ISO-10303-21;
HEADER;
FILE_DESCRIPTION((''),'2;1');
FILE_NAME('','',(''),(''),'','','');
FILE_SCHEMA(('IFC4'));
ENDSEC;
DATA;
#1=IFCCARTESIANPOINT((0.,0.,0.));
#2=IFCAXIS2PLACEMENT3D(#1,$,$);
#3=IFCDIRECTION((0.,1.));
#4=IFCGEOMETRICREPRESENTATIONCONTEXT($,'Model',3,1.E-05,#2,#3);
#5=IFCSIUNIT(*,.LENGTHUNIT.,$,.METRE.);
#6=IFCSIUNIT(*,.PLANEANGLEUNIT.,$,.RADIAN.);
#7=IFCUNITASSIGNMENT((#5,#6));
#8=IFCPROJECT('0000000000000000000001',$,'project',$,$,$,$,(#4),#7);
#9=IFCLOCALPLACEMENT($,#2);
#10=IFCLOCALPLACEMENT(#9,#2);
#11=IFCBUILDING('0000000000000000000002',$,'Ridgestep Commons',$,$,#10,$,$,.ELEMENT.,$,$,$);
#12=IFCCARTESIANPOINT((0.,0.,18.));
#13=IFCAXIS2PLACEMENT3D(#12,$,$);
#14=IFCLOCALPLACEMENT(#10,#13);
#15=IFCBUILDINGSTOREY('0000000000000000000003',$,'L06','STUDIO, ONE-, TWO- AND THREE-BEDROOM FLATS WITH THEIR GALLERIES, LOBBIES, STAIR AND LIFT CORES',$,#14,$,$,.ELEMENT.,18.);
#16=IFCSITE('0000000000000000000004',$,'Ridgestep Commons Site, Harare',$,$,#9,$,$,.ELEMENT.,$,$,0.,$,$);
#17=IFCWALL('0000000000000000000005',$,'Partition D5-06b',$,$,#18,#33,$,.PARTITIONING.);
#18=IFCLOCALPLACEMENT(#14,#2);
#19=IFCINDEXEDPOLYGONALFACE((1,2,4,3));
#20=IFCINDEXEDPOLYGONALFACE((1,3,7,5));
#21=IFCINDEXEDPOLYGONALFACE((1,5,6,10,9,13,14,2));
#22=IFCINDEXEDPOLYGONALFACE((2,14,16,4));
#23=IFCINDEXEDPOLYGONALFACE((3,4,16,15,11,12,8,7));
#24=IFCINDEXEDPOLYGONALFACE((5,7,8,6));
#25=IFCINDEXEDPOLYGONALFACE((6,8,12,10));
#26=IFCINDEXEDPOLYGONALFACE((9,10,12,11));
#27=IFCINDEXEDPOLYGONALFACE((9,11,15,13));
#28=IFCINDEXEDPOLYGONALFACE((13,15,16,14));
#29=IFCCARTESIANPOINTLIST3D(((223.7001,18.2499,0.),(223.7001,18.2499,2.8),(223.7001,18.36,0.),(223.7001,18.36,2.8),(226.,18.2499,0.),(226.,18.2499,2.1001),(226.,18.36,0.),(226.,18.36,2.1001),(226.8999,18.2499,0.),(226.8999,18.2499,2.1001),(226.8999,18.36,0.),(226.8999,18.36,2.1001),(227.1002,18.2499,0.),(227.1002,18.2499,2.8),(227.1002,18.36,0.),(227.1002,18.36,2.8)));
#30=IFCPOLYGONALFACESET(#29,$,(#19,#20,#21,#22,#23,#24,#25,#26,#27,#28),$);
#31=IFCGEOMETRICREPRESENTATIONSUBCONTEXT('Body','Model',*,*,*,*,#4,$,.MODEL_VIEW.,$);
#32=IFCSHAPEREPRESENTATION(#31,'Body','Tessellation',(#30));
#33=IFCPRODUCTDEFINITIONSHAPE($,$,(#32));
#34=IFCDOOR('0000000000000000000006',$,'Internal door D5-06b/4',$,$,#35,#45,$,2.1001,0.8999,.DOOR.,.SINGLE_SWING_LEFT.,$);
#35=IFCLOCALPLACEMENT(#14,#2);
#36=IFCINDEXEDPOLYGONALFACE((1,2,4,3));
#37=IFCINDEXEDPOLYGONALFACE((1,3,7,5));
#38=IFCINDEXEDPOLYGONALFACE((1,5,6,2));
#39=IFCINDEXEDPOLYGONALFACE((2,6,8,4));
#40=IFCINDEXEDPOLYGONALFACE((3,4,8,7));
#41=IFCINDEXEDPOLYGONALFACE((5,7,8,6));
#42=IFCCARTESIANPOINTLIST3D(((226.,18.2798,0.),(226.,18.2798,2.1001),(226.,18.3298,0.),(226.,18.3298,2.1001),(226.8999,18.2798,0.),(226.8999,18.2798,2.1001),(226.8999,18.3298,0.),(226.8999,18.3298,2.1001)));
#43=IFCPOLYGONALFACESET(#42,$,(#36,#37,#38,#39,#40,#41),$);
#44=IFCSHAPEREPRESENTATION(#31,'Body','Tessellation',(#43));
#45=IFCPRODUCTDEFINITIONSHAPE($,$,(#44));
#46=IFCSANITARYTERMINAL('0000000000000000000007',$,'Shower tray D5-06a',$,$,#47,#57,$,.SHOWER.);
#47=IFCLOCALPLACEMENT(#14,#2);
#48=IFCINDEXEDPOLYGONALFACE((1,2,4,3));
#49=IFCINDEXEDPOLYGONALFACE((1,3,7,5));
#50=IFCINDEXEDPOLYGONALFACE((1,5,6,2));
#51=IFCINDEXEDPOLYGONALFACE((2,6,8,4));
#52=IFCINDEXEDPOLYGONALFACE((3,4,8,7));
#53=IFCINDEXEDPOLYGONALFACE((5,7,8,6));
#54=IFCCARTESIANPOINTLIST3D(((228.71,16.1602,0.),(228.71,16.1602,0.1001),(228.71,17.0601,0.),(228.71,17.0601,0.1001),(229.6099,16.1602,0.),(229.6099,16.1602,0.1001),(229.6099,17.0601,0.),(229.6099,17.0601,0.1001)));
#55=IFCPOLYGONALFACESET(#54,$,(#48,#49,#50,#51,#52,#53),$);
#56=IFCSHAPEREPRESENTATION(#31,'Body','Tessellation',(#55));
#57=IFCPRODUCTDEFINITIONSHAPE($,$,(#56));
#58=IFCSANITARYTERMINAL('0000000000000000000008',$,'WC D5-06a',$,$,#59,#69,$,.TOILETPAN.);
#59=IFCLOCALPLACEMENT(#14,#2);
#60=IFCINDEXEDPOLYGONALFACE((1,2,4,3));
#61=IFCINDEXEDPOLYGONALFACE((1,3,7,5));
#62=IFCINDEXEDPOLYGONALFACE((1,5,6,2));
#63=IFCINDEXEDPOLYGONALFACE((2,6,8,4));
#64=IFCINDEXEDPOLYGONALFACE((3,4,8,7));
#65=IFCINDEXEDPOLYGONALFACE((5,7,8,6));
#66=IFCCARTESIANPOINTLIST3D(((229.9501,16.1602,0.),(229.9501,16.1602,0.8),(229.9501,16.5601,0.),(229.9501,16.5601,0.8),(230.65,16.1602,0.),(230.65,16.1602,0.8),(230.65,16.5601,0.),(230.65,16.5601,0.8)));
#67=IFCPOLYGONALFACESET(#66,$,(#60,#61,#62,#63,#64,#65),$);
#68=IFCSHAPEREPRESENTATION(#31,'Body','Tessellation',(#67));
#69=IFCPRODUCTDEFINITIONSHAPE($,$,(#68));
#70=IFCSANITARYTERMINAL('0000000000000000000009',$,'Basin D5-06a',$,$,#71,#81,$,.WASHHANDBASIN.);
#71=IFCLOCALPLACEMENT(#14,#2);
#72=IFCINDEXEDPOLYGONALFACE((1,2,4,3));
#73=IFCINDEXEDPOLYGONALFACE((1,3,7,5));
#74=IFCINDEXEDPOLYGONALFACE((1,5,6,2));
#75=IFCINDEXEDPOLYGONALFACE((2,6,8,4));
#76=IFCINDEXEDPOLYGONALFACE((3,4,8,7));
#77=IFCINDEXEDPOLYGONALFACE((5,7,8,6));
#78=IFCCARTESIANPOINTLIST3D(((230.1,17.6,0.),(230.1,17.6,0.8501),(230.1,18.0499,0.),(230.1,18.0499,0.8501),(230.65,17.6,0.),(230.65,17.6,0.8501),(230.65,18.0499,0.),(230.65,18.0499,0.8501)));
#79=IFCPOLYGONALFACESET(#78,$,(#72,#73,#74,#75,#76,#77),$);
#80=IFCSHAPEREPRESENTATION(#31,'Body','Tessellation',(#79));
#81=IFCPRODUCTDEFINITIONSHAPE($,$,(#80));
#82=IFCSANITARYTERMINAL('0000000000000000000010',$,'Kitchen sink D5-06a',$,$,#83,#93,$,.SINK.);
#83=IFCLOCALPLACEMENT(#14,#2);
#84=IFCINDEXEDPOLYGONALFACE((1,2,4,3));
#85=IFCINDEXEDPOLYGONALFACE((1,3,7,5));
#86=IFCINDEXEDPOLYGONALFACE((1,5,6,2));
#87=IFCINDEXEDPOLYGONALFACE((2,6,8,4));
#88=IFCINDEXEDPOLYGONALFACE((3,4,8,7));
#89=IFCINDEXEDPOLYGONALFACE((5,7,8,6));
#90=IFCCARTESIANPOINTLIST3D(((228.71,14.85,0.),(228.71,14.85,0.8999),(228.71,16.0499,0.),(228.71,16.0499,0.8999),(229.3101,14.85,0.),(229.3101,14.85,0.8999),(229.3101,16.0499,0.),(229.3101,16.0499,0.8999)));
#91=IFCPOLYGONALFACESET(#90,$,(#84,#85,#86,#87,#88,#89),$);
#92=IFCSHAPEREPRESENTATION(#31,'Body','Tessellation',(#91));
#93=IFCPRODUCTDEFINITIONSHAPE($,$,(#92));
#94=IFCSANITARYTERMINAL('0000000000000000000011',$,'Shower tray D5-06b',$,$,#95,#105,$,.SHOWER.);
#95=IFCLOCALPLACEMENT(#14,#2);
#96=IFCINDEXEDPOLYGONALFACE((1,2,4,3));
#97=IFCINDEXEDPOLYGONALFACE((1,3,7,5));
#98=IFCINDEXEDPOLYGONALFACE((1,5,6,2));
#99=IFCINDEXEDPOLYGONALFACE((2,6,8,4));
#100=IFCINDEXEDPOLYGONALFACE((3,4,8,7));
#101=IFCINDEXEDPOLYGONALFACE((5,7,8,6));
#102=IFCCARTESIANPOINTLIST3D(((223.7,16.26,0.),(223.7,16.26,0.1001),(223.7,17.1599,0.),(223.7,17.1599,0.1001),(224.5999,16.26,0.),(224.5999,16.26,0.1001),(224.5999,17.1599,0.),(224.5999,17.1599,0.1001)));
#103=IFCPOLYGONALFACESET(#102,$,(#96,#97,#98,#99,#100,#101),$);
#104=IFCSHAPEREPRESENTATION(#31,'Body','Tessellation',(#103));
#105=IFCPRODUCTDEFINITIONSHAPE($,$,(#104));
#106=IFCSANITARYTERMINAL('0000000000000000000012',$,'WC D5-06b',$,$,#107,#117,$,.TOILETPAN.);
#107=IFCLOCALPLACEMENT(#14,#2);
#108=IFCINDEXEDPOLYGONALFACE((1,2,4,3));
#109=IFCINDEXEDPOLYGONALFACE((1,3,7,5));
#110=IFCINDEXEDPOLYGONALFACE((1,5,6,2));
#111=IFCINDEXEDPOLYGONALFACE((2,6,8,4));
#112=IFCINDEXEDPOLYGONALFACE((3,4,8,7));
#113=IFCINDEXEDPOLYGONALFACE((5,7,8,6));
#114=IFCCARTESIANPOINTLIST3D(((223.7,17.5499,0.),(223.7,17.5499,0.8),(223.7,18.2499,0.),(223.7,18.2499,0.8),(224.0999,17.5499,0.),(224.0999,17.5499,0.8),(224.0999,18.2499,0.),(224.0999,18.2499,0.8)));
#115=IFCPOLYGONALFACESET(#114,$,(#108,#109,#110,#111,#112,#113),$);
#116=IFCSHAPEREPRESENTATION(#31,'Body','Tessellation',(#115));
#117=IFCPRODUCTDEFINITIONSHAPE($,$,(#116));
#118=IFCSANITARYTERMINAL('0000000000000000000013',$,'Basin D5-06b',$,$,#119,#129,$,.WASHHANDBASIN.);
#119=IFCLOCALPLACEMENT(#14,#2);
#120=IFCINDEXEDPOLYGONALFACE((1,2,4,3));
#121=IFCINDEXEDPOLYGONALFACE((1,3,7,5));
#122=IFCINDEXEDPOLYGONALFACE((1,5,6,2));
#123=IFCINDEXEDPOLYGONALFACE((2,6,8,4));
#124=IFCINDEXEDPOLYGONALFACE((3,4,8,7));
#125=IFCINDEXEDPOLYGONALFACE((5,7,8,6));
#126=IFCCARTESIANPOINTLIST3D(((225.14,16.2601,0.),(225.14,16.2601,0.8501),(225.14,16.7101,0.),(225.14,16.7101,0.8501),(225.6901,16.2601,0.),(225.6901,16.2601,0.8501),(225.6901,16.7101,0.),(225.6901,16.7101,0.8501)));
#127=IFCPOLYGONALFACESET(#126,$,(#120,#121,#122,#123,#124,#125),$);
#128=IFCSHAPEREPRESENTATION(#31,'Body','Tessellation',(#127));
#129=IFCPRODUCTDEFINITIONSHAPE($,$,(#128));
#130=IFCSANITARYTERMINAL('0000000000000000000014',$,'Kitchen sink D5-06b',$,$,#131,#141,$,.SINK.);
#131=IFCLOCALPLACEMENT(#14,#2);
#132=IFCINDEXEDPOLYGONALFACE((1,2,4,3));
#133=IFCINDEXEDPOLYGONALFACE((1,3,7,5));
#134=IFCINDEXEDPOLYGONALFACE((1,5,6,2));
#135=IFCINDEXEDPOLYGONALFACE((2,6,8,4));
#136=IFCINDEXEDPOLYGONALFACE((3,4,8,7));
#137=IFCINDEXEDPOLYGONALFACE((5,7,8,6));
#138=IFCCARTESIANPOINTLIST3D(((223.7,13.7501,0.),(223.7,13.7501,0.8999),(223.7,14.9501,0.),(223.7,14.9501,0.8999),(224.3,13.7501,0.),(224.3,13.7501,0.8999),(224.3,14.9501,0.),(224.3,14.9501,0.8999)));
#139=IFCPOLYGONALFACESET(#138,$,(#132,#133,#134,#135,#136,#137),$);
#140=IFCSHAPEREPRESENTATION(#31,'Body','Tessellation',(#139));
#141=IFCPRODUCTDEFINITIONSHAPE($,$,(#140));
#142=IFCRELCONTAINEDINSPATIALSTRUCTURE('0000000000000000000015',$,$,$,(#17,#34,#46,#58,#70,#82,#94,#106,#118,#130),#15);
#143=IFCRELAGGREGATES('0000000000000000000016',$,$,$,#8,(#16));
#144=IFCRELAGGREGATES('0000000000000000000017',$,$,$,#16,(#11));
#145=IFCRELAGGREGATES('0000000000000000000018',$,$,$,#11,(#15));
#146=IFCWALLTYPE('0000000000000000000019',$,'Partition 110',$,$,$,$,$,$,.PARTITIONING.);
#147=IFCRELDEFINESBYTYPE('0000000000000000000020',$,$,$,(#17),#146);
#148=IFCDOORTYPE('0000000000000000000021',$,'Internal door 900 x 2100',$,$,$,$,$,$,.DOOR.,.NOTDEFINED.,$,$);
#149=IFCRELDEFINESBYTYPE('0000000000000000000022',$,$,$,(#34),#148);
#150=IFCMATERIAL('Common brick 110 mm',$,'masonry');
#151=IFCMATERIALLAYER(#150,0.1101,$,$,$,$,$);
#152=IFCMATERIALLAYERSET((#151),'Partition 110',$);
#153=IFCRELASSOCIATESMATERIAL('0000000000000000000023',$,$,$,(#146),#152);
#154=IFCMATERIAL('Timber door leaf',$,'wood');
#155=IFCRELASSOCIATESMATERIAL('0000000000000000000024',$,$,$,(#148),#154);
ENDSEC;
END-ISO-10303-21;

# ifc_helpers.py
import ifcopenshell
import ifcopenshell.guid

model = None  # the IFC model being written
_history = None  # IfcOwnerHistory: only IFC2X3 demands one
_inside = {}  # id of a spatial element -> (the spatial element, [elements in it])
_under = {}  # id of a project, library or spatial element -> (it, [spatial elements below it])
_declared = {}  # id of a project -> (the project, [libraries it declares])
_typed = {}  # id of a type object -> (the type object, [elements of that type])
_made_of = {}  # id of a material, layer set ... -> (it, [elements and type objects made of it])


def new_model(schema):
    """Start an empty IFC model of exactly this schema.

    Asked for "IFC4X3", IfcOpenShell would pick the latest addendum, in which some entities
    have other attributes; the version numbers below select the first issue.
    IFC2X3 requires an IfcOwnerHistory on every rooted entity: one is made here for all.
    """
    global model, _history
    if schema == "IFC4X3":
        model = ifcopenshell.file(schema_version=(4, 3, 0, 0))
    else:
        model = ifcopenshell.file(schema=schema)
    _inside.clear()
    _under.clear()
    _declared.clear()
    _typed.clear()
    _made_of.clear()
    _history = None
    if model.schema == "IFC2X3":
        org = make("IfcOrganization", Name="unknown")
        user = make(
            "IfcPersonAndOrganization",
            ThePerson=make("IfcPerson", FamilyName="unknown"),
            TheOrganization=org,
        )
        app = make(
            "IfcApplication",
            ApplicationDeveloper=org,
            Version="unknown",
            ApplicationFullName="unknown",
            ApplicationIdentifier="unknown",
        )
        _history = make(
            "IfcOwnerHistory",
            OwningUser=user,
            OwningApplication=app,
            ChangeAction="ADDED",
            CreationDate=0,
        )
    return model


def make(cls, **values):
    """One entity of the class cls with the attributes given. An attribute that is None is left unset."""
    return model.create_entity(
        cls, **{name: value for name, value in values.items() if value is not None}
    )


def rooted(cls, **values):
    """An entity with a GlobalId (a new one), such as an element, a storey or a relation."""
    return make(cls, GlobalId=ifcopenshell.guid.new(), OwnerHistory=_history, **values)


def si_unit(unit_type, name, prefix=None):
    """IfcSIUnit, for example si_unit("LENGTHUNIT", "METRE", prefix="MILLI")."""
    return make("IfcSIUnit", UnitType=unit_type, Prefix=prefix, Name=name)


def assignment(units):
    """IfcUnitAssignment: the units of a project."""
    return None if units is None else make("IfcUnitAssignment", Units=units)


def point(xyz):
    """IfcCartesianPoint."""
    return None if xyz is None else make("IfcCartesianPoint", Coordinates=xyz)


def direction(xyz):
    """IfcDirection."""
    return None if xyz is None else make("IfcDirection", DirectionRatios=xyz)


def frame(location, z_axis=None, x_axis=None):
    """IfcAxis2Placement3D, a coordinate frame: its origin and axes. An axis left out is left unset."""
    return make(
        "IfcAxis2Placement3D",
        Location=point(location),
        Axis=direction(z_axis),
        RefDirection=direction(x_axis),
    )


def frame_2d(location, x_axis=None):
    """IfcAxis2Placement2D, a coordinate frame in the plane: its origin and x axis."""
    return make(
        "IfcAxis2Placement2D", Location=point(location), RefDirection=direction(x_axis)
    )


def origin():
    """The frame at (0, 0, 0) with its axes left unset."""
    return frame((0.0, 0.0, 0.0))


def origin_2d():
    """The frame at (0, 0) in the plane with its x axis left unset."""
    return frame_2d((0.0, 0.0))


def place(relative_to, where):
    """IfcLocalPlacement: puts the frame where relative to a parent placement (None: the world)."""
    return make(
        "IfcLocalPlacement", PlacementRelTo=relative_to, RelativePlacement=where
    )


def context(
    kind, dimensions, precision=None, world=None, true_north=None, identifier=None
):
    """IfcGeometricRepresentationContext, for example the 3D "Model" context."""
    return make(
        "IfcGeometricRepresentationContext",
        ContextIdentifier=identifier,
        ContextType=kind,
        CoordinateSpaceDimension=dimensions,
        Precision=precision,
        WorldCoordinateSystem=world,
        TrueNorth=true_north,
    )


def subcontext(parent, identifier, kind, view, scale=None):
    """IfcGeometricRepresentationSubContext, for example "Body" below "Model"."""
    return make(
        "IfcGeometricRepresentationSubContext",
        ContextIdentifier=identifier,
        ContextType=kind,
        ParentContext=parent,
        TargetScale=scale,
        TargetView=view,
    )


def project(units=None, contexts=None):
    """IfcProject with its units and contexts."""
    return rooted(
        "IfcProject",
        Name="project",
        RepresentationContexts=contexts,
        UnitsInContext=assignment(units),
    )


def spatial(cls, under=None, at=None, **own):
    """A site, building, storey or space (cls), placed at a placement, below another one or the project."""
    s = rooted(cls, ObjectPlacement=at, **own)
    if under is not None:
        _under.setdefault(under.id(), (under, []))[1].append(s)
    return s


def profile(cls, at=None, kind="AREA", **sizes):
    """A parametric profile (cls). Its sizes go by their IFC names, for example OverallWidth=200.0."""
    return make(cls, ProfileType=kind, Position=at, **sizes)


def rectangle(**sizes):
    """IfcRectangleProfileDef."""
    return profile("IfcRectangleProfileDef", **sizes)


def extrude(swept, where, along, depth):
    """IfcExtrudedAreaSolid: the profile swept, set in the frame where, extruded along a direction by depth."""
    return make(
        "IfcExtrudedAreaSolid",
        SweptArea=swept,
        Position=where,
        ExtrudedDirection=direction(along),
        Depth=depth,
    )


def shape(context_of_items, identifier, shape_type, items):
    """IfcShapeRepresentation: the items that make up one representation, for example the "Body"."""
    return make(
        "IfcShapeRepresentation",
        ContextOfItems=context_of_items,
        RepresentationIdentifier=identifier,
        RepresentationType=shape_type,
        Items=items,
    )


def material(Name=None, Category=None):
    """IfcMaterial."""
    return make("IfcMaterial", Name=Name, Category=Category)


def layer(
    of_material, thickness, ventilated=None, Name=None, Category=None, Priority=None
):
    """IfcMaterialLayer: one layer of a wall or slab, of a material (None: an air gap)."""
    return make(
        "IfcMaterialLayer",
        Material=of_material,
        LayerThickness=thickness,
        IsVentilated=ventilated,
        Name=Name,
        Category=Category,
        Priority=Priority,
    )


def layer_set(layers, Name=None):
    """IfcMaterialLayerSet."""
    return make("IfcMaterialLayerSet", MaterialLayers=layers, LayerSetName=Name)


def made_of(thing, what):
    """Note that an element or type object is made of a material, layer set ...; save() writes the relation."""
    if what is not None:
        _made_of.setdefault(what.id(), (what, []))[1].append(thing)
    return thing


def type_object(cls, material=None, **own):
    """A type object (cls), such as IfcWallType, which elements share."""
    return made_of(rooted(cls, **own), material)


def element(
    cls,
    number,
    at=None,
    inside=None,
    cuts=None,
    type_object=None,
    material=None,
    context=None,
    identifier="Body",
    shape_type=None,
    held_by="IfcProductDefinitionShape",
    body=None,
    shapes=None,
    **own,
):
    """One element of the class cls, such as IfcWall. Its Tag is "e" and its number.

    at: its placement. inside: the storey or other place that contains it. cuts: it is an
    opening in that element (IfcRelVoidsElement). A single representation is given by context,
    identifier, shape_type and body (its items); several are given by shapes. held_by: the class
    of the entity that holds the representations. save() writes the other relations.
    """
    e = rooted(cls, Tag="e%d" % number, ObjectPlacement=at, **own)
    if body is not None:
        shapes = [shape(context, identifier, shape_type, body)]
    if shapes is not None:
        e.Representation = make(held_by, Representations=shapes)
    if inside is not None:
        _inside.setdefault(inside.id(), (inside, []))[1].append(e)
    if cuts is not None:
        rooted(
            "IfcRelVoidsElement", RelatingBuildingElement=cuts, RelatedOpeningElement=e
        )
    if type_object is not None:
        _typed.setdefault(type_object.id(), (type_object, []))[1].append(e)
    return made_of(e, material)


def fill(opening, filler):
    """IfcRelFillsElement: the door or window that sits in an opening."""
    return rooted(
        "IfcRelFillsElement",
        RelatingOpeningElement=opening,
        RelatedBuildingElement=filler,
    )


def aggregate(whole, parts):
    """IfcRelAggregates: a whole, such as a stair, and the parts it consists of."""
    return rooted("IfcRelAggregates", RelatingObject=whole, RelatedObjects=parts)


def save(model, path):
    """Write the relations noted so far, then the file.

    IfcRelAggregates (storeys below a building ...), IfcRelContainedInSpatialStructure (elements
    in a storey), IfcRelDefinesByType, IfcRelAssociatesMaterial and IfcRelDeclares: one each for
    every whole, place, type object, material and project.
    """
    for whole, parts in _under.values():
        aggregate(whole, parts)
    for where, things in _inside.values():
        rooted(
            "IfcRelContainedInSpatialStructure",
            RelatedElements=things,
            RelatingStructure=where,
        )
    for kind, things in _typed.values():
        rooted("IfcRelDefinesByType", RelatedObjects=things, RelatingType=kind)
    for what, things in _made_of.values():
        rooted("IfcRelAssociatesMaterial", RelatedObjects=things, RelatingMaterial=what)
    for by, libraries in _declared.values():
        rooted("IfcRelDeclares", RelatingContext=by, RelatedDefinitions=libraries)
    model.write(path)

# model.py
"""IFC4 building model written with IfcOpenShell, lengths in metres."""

from ifc_helpers import new_model, si_unit, direction, frame, frame_2d, origin, origin_2d, place, context, subcontext, project, spatial, rectangle, extrude, material, layer, layer_set, type_object, element, fill, save


model = new_model("IFC4")

# Units and contexts
model_context = context("Model", 3, precision=1e-05, world=origin(), true_north=direction((0.0, 1.0)))
body_context = subcontext(model_context, "Body", "Model", "MODEL_VIEW")
ifc_project = project(units=[si_unit("LENGTHUNIT", "METRE"), si_unit("PLANEANGLEUNIT", "RADIAN")], contexts=[model_context])

# Site, building, storey
site_placement = place(None, origin())
site = spatial("IfcSite", under=ifc_project, at=site_placement, Name="Ridgestep Commons Site, Harare", CompositionType="ELEMENT", RefElevation=0.0)
building_placement = place(site_placement, origin())
building = spatial("IfcBuilding", under=site, at=building_placement, Name="Ridgestep Commons", CompositionType="ELEMENT")
storey_placement = place(building_placement, frame((0.0, 0.0, 18.0)))
storey = spatial("IfcBuildingStorey", under=building, at=storey_placement, Name="L06", Description="STUDIO, ONE-, TWO- AND THREE-BEDROOM FLATS WITH THEIR GALLERIES, LOBBIES, STAIR AND LIFT CORES", CompositionType="ELEMENT", Elevation=18.0)

# Shared definitions
ifc_material_1 = material(Name="Common brick 110 mm", Category="masonry")
ifc_layer_1 = layer(ifc_material_1, 0.1101)
ifc_layer_set_1 = layer_set([ifc_layer_1], Name="Partition 110")
wall_type_1 = type_object("IfcWallType", Name="Partition 110", PredefinedType="PARTITIONING", material=ifc_layer_set_1)

# Shared definitions
ifc_material_2 = material(Name="Timber door leaf", Category="wood")
door_type_1 = type_object("IfcDoorType", Name="Internal door 900 x 2100", OperationType="NOTDEFINED", PredefinedType="DOOR", material=ifc_material_2)

# Wall, opening, door
wall_1_placement = place(storey_placement, frame((223.7, 18.3049, 0.0), z_axis=(0.0, 0.0, 1.0), x_axis=(1.0, 0.0, 0.0)))
wall_1 = element("IfcWall", 1, at=wall_1_placement, inside=storey, type_object=wall_type_1, Name="Partition D5-06b", PredefinedType="PARTITIONING", context=body_context, shape_type="SweptSolid", body=[
    extrude(rectangle(XDim=3.4001, YDim=0.1101, at=frame_2d((1.7002, 0.0))), origin(), (0.0, 0.0, 1.0), 2.8),
])
opening_1_placement = place(wall_1_placement, frame((2.3, 0.0, 0.0)))
opening_1 = element("IfcOpeningElement", 2, at=opening_1_placement, cuts=wall_1, PredefinedType="OPENING", context=body_context, shape_type="SweptSolid", body=[
    extrude(rectangle(XDim=0.8999, YDim=2.1001, at=frame_2d((0.45, 1.05))), frame((0.0, 0.0649, 0.0), z_axis=(0.0, -1.0, 0.0), x_axis=(1.0, 0.0, 0.0)), (0.0, 0.0, 1.0), 0.1301),
])
door_1_placement = place(opening_1_placement, origin())
door_1 = element("IfcDoor", 3, at=door_1_placement, inside=storey, type_object=door_type_1, Name="Internal door D5-06b/4", OperationType="SINGLE_SWING_LEFT", OverallHeight=2.1001, OverallWidth=0.8999, PredefinedType="DOOR", context=body_context, shape_type="SweptSolid", body=[
    extrude(rectangle(XDim=0.8999, YDim=2.1001, at=frame_2d((0.45, 1.05))), frame((0.0, 0.0249, 0.0), z_axis=(0.0, -1.0, 0.0), x_axis=(1.0, 0.0, 0.0)), (0.0, 0.0, 1.0), 0.05),
])
fill(opening_1, door_1)

# Sanitary terminals
sanitary_terminal_1_placement = place(storey_placement, frame((229.1599, 16.6101, 0.0), z_axis=(0.0, 0.0, 1.0), x_axis=(1.0, 0.0, 0.0)))
element("IfcSanitaryTerminal", 4, at=sanitary_terminal_1_placement, inside=storey, Name="Shower tray D5-06a", PredefinedType="SHOWER", context=body_context, shape_type="SweptSolid", body=[
    extrude(rectangle(XDim=0.8999, YDim=0.8999, at=origin_2d()), origin(), (0.0, 0.0, 1.0), 0.1001),
])
sanitary_terminal_2_placement = place(storey_placement, frame((230.3, 16.3601, 0.0), z_axis=(0.0, 0.0, 1.0), x_axis=(1.0, 0.0, 0.0)))
element("IfcSanitaryTerminal", 5, at=sanitary_terminal_2_placement, inside=storey, Name="WC D5-06a", PredefinedType="TOILETPAN", context=body_context, shape_type="SweptSolid", body=[
    extrude(rectangle(XDim=0.7, YDim=0.3999, at=origin_2d()), origin(), (0.0, 0.0, 1.0), 0.8),
])
sanitary_terminal_3_placement = place(storey_placement, frame((230.375, 17.825, 0.0), z_axis=(0.0, 0.0, 1.0), x_axis=(1.0, 0.0, 0.0)))
element("IfcSanitaryTerminal", 6, at=sanitary_terminal_3_placement, inside=storey, Name="Basin D5-06a", PredefinedType="WASHHANDBASIN", context=body_context, shape_type="SweptSolid", body=[
    extrude(rectangle(XDim=0.55, YDim=0.45, at=origin_2d()), origin(), (0.0, 0.0, 1.0), 0.8501),
])
sanitary_terminal_4_placement = place(storey_placement, frame((229.01, 15.45, 0.0), z_axis=(0.0, 0.0, 1.0), x_axis=(1.0, 0.0, 0.0)))
element("IfcSanitaryTerminal", 7, at=sanitary_terminal_4_placement, inside=storey, Name="Kitchen sink D5-06a", PredefinedType="SINK", context=body_context, shape_type="SweptSolid", body=[
    extrude(rectangle(XDim=0.6001, YDim=1.2, at=origin_2d()), origin(), (0.0, 0.0, 1.0), 0.8999),
])
sanitary_terminal_5_placement = place(storey_placement, frame((224.1499, 16.71, 0.0), z_axis=(0.0, 0.0, 1.0), x_axis=(1.0, 0.0, 0.0)))
element("IfcSanitaryTerminal", 8, at=sanitary_terminal_5_placement, inside=storey, Name="Shower tray D5-06b", PredefinedType="SHOWER", context=body_context, shape_type="SweptSolid", body=[
    extrude(rectangle(XDim=0.8999, YDim=0.8999, at=origin_2d()), origin(), (0.0, 0.0, 1.0), 0.1001),
])
sanitary_terminal_6_placement = place(storey_placement, frame((223.8999, 17.8999, 0.0), z_axis=(0.0, 0.0, 1.0), x_axis=(1.0, 0.0, 0.0)))
element("IfcSanitaryTerminal", 9, at=sanitary_terminal_6_placement, inside=storey, Name="WC D5-06b", PredefinedType="TOILETPAN", context=body_context, shape_type="SweptSolid", body=[
    extrude(rectangle(XDim=0.3999, YDim=0.7, at=origin_2d()), origin(), (0.0, 0.0, 1.0), 0.8),
])
sanitary_terminal_7_placement = place(storey_placement, frame((225.415, 16.4851, 0.0), z_axis=(0.0, 0.0, 1.0), x_axis=(1.0, 0.0, 0.0)))
element("IfcSanitaryTerminal", 10, at=sanitary_terminal_7_placement, inside=storey, Name="Basin D5-06b", PredefinedType="WASHHANDBASIN", context=body_context, shape_type="SweptSolid", body=[
    extrude(rectangle(XDim=0.55, YDim=0.45, at=origin_2d()), origin(), (0.0, 0.0, 1.0), 0.8501),
])
sanitary_terminal_8_placement = place(storey_placement, frame((224.0, 14.3501, 0.0), z_axis=(0.0, 0.0, 1.0), x_axis=(1.0, 0.0, 0.0)))
element("IfcSanitaryTerminal", 11, at=sanitary_terminal_8_placement, inside=storey, Name="Kitchen sink D5-06b", PredefinedType="SINK", context=body_context, shape_type="SweptSolid", body=[
    extrude(rectangle(XDim=0.6001, YDim=1.2, at=origin_2d()), origin(), (0.0, 0.0, 1.0), 0.8999),
])

save(model, "model.ifc")
